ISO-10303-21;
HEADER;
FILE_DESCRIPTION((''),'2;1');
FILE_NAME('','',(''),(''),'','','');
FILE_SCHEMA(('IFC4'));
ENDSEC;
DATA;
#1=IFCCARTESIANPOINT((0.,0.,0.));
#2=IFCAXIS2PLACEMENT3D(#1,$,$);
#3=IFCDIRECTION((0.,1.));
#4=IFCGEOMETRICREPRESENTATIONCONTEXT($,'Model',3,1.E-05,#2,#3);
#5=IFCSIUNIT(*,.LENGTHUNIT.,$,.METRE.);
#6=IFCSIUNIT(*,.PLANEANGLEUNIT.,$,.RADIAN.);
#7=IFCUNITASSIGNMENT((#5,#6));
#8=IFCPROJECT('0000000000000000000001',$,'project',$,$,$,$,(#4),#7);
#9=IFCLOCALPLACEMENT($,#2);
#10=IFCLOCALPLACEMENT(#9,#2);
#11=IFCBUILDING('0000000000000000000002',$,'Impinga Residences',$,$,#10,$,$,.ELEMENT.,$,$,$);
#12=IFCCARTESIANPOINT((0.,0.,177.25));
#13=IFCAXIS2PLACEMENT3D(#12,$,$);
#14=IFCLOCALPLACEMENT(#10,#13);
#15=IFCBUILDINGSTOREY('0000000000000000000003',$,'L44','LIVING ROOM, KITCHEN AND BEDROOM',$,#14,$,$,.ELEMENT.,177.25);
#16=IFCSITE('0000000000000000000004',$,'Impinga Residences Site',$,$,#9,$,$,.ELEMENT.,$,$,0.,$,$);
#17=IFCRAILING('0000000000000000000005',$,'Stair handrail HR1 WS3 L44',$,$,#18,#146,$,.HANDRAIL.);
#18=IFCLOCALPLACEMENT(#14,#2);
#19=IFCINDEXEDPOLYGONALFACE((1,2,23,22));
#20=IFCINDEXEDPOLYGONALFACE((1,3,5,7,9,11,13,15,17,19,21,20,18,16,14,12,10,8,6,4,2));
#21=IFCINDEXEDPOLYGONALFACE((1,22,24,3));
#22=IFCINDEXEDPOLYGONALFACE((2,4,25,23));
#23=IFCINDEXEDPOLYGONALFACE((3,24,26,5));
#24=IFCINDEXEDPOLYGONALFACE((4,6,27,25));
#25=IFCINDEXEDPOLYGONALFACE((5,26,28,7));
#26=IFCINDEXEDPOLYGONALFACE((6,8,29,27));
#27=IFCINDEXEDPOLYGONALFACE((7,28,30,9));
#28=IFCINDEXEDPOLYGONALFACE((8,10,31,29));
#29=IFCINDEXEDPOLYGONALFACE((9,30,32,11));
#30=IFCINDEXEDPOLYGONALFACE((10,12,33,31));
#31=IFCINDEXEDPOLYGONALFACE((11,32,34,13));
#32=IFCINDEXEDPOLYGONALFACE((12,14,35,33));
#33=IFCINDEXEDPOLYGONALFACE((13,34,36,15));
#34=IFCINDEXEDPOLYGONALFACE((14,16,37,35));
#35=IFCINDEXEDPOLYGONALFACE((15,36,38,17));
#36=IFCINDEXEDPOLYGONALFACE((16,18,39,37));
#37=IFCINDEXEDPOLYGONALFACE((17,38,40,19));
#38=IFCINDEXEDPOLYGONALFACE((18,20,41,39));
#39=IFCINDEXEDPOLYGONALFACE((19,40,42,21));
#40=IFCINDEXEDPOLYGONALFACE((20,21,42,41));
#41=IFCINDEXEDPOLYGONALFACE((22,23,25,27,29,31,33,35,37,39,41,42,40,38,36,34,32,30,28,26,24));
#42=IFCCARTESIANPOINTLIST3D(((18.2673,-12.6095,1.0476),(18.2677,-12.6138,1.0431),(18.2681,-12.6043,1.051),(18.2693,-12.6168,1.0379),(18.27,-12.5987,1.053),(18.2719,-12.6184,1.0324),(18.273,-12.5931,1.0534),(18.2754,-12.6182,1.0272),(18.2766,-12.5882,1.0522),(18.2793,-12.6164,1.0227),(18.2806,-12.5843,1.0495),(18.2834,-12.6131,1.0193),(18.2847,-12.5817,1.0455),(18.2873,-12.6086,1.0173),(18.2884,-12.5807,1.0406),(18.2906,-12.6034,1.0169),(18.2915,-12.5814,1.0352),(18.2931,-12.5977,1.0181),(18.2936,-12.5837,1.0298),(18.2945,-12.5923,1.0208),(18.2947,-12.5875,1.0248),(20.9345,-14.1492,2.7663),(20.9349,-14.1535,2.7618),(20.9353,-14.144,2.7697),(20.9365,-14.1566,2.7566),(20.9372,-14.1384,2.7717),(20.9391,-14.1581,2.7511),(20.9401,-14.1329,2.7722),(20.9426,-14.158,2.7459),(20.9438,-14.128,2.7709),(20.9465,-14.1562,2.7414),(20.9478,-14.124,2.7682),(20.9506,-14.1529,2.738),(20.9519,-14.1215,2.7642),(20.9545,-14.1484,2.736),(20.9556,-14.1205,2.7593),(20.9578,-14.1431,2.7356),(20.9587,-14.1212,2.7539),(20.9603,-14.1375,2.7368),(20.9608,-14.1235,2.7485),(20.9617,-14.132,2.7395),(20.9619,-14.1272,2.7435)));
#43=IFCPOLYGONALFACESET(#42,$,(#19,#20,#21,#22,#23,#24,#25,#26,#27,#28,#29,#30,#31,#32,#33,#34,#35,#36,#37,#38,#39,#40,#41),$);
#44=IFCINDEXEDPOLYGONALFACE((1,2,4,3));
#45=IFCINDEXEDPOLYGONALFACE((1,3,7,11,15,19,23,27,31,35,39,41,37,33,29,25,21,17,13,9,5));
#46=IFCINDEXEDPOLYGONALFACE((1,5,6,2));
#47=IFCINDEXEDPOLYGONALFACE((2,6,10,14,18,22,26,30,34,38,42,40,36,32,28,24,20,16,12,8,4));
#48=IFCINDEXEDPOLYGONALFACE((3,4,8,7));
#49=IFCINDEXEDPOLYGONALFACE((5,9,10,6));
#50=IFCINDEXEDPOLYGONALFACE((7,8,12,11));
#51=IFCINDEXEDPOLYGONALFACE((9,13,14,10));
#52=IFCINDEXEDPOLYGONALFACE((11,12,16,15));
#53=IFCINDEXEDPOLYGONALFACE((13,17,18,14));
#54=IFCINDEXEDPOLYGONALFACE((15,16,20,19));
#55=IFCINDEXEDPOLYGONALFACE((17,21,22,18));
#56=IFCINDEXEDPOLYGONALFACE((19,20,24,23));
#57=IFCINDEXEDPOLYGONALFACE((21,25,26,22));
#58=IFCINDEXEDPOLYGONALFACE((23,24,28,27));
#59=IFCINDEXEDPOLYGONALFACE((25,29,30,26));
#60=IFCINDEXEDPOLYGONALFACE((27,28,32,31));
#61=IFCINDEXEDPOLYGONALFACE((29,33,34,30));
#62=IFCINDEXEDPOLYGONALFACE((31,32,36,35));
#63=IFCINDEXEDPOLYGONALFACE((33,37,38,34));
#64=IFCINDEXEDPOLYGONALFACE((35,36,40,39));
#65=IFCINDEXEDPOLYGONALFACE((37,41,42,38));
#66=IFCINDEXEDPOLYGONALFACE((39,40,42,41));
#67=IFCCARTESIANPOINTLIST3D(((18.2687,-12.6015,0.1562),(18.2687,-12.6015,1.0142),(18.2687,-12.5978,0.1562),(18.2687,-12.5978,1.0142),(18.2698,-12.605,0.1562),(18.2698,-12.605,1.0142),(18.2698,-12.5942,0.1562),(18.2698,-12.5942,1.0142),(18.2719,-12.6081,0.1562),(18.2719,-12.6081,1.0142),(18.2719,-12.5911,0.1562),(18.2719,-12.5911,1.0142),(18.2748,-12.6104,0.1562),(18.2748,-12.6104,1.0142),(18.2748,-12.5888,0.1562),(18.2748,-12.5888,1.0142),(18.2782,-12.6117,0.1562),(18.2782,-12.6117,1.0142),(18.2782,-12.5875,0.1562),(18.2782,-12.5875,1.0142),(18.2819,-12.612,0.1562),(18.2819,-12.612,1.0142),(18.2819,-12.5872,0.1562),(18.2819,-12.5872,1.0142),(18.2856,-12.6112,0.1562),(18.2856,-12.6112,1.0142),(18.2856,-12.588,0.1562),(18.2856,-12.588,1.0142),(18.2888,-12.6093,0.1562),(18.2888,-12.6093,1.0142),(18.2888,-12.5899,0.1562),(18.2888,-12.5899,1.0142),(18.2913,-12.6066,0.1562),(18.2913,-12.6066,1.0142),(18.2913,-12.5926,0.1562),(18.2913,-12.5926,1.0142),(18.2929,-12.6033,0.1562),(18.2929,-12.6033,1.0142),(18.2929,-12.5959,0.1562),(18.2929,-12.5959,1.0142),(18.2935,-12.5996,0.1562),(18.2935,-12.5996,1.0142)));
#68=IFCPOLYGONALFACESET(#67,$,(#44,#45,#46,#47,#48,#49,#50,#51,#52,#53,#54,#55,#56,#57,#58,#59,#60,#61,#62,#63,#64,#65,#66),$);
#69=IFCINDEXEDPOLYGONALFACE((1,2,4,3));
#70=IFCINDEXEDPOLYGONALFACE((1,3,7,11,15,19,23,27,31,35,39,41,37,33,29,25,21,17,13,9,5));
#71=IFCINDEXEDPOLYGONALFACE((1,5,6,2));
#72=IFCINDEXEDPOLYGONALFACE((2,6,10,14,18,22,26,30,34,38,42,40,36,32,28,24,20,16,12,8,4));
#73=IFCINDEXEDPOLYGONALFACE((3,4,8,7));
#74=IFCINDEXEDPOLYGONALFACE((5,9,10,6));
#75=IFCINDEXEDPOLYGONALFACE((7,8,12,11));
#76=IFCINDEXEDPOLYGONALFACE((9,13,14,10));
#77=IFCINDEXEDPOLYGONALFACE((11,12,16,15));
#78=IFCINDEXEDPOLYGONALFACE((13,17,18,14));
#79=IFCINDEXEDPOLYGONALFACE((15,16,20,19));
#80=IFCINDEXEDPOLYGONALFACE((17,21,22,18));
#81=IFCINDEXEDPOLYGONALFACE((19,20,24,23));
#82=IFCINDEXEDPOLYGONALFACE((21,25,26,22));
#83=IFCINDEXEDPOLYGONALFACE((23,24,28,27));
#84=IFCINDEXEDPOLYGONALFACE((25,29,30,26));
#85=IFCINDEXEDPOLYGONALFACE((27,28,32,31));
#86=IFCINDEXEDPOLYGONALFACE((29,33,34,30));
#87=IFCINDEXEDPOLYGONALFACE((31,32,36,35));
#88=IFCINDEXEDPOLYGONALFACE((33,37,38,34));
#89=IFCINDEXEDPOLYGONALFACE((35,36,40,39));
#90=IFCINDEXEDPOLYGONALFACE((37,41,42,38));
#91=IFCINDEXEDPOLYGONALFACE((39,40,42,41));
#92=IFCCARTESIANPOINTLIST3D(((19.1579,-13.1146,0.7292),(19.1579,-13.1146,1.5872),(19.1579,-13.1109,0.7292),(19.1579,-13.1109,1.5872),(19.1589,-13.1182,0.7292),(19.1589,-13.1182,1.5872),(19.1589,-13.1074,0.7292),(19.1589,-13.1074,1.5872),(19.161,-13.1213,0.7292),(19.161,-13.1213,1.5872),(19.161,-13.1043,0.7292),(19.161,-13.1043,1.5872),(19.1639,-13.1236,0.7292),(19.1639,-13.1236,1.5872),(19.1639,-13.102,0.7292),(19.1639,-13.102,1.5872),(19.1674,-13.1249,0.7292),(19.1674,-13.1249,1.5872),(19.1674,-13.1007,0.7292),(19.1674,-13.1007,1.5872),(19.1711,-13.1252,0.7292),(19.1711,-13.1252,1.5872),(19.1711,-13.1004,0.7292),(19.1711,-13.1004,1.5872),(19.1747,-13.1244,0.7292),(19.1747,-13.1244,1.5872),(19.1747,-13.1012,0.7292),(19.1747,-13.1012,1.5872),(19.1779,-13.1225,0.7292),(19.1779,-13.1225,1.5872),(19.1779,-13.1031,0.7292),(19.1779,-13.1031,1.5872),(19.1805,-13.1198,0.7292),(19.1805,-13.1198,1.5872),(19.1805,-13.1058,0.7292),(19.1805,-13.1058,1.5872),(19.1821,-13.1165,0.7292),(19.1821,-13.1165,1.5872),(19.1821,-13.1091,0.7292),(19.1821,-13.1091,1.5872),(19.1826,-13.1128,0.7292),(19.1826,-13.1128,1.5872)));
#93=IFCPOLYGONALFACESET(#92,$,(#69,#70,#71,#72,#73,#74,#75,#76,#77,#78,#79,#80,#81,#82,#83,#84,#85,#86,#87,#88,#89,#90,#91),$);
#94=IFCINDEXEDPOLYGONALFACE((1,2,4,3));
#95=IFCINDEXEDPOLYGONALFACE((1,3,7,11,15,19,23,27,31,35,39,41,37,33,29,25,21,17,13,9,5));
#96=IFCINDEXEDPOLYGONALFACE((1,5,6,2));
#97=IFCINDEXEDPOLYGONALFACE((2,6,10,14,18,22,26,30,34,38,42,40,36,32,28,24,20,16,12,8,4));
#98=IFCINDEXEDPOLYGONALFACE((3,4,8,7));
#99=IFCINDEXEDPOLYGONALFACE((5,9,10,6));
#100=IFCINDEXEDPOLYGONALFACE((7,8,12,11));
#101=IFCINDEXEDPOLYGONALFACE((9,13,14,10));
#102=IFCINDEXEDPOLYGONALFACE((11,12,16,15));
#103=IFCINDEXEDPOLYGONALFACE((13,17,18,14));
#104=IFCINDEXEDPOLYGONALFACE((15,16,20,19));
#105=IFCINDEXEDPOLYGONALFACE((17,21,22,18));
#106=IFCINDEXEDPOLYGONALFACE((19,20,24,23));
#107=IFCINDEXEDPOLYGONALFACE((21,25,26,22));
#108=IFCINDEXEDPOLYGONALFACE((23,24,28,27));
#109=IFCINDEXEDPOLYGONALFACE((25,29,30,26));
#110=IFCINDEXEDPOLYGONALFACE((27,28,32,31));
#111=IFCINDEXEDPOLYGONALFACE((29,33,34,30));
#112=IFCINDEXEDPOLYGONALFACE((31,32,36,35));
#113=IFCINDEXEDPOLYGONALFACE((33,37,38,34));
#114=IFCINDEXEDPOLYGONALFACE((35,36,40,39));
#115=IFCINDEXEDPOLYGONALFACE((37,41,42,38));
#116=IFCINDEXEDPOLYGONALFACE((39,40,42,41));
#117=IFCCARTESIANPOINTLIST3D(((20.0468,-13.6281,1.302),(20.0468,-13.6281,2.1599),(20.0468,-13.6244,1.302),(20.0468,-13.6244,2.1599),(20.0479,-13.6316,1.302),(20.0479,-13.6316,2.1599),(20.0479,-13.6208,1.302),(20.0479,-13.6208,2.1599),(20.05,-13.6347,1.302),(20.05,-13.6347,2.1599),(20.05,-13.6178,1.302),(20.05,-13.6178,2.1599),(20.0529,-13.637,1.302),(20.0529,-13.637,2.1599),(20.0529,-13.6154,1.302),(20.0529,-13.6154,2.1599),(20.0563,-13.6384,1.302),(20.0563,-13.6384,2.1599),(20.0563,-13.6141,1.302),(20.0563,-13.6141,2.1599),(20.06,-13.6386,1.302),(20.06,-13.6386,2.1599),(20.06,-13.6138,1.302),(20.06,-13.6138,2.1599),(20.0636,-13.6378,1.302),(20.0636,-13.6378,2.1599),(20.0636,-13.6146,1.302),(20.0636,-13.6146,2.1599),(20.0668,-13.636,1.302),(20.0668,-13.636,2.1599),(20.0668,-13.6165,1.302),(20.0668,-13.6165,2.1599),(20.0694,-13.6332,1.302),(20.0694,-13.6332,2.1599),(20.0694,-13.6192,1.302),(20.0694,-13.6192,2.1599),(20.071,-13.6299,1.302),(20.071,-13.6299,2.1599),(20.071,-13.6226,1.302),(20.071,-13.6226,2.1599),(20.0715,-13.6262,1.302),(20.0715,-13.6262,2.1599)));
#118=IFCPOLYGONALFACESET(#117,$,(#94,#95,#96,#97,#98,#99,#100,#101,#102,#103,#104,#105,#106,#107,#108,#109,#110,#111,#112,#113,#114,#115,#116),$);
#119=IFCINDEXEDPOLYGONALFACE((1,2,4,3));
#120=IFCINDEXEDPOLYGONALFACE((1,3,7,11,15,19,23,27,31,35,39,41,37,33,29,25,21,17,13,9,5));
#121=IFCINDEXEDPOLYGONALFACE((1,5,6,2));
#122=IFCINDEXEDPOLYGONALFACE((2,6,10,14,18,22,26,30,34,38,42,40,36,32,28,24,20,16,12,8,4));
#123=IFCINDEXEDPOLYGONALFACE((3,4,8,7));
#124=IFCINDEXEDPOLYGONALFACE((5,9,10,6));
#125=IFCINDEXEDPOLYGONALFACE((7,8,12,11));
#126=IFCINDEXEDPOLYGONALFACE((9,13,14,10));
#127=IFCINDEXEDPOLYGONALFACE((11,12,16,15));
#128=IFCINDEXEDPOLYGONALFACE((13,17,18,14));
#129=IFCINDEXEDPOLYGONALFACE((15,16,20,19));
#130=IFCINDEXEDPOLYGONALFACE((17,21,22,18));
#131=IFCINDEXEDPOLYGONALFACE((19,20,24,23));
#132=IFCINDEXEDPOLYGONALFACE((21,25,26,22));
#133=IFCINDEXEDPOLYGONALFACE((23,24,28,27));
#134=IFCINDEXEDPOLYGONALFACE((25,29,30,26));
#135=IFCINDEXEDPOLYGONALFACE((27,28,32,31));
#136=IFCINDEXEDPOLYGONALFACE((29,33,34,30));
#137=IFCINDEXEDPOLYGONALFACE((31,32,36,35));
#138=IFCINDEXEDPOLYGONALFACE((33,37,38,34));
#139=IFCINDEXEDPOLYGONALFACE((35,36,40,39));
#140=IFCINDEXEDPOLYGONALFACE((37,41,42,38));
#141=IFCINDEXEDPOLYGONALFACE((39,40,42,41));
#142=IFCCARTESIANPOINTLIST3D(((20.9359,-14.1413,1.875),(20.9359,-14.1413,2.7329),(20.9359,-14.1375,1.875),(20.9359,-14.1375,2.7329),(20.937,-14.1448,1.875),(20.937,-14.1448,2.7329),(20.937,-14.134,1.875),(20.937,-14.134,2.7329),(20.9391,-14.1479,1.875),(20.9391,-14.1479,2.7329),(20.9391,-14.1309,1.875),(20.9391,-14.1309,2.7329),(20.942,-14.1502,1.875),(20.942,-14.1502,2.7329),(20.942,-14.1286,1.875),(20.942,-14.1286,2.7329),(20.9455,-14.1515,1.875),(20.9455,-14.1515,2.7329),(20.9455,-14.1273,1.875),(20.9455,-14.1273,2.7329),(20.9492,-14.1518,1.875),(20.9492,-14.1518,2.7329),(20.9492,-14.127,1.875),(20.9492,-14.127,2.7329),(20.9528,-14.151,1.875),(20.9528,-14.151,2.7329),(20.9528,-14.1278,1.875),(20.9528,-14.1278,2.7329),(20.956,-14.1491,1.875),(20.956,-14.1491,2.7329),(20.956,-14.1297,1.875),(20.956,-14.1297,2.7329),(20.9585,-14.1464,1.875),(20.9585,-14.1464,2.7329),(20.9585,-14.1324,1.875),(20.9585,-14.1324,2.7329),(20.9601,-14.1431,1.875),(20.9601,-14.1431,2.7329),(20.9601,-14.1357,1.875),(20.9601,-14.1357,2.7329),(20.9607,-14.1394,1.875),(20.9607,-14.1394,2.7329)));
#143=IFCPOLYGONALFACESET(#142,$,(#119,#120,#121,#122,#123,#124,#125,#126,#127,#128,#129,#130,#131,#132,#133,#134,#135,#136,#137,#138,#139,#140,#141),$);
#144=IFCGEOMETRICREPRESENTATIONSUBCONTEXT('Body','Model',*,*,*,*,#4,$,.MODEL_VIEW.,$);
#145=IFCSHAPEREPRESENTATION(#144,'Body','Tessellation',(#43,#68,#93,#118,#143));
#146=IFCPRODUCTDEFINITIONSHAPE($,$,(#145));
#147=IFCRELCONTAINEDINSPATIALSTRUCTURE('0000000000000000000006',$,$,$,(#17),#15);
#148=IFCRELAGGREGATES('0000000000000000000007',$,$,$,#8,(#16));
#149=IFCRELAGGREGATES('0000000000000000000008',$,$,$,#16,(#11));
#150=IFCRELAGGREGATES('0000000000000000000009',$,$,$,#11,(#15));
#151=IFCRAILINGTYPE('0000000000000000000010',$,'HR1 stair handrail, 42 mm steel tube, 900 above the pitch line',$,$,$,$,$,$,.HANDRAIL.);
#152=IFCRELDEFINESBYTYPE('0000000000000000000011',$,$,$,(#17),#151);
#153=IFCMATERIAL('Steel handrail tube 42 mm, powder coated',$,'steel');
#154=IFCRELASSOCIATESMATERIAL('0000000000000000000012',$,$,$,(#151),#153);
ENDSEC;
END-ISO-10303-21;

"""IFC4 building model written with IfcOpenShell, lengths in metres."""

from ifc_helpers import new_model, si_unit, direction, frame, origin, origin_2d, place, context, subcontext, project, spatial, circle, extrude, material, type_object, element, save


model = new_model("IFC4")

# Units and contexts
model_context = context("Model", 3, precision=1e-05, world=origin(), true_north=direction((0.0, 1.0)))
body_context = subcontext(model_context, "Body", "Model", "MODEL_VIEW")
ifc_project = project(units=[si_unit("LENGTHUNIT", "METRE"), si_unit("PLANEANGLEUNIT", "RADIAN")], contexts=[model_context])

# Site, building, storey
site_placement = place(None, origin())
site = spatial("IfcSite", under=ifc_project, at=site_placement, Name="Impinga Residences Site", CompositionType="ELEMENT", RefElevation=0.0)
building_placement = place(site_placement, origin())
building = spatial("IfcBuilding", under=site, at=building_placement, Name="Impinga Residences", CompositionType="ELEMENT")
storey_placement = place(building_placement, frame((0.0, 0.0, 177.25)))
storey = spatial("IfcBuildingStorey", under=building, at=storey_placement, Name="L44", Description="LIVING ROOM, KITCHEN AND BEDROOM", CompositionType="ELEMENT", Elevation=177.25)

# Railing
ifc_material_1 = material(Name="Steel handrail tube 42 mm, powder coated", Category="steel")
railing_type_1 = type_object("IfcRailingType", Name="HR1 stair handrail, 42 mm steel tube, 900 above the pitch line", PredefinedType="HANDRAIL", material=ifc_material_1)
railing_1_placement = place(storey_placement, frame((18.281, -12.5996, 0.1562)))
element("IfcRailing", 1, at=railing_1_placement, inside=storey, type_object=railing_type_1, Name="Stair handrail HR1 WS3 L44", PredefinedType="HANDRAIL", context=body_context, shape_type="SweptSolid", body=[
    extrude(circle(Radius=0.021, at=origin_2d()), frame((0.0, 0.0, 0.8789), z_axis=(0.756249, -0.436582, 0.487322), x_axis=(0.499967, 0.866044, 0.0)), (0.0, 0.0, 1.0), 3.5269),
    extrude(circle(Radius=0.0125, at=origin_2d()), origin(), (0.0, 0.0, 1.0), 0.8579),
    extrude(circle(Radius=0.0125, at=origin_2d()), frame((0.8892, -0.5132, 0.573)), (0.0, 0.0, 1.0), 0.8579),
    extrude(circle(Radius=0.0125, at=origin_2d()), frame((1.7781, -1.0266, 1.1458)), (0.0, 0.0, 1.0), 0.8579),
    extrude(circle(Radius=0.0125, at=origin_2d()), frame((2.6672, -1.5398, 1.7188)), (0.0, 0.0, 1.0), 0.8579),
])

save(model, "model.ifc")
